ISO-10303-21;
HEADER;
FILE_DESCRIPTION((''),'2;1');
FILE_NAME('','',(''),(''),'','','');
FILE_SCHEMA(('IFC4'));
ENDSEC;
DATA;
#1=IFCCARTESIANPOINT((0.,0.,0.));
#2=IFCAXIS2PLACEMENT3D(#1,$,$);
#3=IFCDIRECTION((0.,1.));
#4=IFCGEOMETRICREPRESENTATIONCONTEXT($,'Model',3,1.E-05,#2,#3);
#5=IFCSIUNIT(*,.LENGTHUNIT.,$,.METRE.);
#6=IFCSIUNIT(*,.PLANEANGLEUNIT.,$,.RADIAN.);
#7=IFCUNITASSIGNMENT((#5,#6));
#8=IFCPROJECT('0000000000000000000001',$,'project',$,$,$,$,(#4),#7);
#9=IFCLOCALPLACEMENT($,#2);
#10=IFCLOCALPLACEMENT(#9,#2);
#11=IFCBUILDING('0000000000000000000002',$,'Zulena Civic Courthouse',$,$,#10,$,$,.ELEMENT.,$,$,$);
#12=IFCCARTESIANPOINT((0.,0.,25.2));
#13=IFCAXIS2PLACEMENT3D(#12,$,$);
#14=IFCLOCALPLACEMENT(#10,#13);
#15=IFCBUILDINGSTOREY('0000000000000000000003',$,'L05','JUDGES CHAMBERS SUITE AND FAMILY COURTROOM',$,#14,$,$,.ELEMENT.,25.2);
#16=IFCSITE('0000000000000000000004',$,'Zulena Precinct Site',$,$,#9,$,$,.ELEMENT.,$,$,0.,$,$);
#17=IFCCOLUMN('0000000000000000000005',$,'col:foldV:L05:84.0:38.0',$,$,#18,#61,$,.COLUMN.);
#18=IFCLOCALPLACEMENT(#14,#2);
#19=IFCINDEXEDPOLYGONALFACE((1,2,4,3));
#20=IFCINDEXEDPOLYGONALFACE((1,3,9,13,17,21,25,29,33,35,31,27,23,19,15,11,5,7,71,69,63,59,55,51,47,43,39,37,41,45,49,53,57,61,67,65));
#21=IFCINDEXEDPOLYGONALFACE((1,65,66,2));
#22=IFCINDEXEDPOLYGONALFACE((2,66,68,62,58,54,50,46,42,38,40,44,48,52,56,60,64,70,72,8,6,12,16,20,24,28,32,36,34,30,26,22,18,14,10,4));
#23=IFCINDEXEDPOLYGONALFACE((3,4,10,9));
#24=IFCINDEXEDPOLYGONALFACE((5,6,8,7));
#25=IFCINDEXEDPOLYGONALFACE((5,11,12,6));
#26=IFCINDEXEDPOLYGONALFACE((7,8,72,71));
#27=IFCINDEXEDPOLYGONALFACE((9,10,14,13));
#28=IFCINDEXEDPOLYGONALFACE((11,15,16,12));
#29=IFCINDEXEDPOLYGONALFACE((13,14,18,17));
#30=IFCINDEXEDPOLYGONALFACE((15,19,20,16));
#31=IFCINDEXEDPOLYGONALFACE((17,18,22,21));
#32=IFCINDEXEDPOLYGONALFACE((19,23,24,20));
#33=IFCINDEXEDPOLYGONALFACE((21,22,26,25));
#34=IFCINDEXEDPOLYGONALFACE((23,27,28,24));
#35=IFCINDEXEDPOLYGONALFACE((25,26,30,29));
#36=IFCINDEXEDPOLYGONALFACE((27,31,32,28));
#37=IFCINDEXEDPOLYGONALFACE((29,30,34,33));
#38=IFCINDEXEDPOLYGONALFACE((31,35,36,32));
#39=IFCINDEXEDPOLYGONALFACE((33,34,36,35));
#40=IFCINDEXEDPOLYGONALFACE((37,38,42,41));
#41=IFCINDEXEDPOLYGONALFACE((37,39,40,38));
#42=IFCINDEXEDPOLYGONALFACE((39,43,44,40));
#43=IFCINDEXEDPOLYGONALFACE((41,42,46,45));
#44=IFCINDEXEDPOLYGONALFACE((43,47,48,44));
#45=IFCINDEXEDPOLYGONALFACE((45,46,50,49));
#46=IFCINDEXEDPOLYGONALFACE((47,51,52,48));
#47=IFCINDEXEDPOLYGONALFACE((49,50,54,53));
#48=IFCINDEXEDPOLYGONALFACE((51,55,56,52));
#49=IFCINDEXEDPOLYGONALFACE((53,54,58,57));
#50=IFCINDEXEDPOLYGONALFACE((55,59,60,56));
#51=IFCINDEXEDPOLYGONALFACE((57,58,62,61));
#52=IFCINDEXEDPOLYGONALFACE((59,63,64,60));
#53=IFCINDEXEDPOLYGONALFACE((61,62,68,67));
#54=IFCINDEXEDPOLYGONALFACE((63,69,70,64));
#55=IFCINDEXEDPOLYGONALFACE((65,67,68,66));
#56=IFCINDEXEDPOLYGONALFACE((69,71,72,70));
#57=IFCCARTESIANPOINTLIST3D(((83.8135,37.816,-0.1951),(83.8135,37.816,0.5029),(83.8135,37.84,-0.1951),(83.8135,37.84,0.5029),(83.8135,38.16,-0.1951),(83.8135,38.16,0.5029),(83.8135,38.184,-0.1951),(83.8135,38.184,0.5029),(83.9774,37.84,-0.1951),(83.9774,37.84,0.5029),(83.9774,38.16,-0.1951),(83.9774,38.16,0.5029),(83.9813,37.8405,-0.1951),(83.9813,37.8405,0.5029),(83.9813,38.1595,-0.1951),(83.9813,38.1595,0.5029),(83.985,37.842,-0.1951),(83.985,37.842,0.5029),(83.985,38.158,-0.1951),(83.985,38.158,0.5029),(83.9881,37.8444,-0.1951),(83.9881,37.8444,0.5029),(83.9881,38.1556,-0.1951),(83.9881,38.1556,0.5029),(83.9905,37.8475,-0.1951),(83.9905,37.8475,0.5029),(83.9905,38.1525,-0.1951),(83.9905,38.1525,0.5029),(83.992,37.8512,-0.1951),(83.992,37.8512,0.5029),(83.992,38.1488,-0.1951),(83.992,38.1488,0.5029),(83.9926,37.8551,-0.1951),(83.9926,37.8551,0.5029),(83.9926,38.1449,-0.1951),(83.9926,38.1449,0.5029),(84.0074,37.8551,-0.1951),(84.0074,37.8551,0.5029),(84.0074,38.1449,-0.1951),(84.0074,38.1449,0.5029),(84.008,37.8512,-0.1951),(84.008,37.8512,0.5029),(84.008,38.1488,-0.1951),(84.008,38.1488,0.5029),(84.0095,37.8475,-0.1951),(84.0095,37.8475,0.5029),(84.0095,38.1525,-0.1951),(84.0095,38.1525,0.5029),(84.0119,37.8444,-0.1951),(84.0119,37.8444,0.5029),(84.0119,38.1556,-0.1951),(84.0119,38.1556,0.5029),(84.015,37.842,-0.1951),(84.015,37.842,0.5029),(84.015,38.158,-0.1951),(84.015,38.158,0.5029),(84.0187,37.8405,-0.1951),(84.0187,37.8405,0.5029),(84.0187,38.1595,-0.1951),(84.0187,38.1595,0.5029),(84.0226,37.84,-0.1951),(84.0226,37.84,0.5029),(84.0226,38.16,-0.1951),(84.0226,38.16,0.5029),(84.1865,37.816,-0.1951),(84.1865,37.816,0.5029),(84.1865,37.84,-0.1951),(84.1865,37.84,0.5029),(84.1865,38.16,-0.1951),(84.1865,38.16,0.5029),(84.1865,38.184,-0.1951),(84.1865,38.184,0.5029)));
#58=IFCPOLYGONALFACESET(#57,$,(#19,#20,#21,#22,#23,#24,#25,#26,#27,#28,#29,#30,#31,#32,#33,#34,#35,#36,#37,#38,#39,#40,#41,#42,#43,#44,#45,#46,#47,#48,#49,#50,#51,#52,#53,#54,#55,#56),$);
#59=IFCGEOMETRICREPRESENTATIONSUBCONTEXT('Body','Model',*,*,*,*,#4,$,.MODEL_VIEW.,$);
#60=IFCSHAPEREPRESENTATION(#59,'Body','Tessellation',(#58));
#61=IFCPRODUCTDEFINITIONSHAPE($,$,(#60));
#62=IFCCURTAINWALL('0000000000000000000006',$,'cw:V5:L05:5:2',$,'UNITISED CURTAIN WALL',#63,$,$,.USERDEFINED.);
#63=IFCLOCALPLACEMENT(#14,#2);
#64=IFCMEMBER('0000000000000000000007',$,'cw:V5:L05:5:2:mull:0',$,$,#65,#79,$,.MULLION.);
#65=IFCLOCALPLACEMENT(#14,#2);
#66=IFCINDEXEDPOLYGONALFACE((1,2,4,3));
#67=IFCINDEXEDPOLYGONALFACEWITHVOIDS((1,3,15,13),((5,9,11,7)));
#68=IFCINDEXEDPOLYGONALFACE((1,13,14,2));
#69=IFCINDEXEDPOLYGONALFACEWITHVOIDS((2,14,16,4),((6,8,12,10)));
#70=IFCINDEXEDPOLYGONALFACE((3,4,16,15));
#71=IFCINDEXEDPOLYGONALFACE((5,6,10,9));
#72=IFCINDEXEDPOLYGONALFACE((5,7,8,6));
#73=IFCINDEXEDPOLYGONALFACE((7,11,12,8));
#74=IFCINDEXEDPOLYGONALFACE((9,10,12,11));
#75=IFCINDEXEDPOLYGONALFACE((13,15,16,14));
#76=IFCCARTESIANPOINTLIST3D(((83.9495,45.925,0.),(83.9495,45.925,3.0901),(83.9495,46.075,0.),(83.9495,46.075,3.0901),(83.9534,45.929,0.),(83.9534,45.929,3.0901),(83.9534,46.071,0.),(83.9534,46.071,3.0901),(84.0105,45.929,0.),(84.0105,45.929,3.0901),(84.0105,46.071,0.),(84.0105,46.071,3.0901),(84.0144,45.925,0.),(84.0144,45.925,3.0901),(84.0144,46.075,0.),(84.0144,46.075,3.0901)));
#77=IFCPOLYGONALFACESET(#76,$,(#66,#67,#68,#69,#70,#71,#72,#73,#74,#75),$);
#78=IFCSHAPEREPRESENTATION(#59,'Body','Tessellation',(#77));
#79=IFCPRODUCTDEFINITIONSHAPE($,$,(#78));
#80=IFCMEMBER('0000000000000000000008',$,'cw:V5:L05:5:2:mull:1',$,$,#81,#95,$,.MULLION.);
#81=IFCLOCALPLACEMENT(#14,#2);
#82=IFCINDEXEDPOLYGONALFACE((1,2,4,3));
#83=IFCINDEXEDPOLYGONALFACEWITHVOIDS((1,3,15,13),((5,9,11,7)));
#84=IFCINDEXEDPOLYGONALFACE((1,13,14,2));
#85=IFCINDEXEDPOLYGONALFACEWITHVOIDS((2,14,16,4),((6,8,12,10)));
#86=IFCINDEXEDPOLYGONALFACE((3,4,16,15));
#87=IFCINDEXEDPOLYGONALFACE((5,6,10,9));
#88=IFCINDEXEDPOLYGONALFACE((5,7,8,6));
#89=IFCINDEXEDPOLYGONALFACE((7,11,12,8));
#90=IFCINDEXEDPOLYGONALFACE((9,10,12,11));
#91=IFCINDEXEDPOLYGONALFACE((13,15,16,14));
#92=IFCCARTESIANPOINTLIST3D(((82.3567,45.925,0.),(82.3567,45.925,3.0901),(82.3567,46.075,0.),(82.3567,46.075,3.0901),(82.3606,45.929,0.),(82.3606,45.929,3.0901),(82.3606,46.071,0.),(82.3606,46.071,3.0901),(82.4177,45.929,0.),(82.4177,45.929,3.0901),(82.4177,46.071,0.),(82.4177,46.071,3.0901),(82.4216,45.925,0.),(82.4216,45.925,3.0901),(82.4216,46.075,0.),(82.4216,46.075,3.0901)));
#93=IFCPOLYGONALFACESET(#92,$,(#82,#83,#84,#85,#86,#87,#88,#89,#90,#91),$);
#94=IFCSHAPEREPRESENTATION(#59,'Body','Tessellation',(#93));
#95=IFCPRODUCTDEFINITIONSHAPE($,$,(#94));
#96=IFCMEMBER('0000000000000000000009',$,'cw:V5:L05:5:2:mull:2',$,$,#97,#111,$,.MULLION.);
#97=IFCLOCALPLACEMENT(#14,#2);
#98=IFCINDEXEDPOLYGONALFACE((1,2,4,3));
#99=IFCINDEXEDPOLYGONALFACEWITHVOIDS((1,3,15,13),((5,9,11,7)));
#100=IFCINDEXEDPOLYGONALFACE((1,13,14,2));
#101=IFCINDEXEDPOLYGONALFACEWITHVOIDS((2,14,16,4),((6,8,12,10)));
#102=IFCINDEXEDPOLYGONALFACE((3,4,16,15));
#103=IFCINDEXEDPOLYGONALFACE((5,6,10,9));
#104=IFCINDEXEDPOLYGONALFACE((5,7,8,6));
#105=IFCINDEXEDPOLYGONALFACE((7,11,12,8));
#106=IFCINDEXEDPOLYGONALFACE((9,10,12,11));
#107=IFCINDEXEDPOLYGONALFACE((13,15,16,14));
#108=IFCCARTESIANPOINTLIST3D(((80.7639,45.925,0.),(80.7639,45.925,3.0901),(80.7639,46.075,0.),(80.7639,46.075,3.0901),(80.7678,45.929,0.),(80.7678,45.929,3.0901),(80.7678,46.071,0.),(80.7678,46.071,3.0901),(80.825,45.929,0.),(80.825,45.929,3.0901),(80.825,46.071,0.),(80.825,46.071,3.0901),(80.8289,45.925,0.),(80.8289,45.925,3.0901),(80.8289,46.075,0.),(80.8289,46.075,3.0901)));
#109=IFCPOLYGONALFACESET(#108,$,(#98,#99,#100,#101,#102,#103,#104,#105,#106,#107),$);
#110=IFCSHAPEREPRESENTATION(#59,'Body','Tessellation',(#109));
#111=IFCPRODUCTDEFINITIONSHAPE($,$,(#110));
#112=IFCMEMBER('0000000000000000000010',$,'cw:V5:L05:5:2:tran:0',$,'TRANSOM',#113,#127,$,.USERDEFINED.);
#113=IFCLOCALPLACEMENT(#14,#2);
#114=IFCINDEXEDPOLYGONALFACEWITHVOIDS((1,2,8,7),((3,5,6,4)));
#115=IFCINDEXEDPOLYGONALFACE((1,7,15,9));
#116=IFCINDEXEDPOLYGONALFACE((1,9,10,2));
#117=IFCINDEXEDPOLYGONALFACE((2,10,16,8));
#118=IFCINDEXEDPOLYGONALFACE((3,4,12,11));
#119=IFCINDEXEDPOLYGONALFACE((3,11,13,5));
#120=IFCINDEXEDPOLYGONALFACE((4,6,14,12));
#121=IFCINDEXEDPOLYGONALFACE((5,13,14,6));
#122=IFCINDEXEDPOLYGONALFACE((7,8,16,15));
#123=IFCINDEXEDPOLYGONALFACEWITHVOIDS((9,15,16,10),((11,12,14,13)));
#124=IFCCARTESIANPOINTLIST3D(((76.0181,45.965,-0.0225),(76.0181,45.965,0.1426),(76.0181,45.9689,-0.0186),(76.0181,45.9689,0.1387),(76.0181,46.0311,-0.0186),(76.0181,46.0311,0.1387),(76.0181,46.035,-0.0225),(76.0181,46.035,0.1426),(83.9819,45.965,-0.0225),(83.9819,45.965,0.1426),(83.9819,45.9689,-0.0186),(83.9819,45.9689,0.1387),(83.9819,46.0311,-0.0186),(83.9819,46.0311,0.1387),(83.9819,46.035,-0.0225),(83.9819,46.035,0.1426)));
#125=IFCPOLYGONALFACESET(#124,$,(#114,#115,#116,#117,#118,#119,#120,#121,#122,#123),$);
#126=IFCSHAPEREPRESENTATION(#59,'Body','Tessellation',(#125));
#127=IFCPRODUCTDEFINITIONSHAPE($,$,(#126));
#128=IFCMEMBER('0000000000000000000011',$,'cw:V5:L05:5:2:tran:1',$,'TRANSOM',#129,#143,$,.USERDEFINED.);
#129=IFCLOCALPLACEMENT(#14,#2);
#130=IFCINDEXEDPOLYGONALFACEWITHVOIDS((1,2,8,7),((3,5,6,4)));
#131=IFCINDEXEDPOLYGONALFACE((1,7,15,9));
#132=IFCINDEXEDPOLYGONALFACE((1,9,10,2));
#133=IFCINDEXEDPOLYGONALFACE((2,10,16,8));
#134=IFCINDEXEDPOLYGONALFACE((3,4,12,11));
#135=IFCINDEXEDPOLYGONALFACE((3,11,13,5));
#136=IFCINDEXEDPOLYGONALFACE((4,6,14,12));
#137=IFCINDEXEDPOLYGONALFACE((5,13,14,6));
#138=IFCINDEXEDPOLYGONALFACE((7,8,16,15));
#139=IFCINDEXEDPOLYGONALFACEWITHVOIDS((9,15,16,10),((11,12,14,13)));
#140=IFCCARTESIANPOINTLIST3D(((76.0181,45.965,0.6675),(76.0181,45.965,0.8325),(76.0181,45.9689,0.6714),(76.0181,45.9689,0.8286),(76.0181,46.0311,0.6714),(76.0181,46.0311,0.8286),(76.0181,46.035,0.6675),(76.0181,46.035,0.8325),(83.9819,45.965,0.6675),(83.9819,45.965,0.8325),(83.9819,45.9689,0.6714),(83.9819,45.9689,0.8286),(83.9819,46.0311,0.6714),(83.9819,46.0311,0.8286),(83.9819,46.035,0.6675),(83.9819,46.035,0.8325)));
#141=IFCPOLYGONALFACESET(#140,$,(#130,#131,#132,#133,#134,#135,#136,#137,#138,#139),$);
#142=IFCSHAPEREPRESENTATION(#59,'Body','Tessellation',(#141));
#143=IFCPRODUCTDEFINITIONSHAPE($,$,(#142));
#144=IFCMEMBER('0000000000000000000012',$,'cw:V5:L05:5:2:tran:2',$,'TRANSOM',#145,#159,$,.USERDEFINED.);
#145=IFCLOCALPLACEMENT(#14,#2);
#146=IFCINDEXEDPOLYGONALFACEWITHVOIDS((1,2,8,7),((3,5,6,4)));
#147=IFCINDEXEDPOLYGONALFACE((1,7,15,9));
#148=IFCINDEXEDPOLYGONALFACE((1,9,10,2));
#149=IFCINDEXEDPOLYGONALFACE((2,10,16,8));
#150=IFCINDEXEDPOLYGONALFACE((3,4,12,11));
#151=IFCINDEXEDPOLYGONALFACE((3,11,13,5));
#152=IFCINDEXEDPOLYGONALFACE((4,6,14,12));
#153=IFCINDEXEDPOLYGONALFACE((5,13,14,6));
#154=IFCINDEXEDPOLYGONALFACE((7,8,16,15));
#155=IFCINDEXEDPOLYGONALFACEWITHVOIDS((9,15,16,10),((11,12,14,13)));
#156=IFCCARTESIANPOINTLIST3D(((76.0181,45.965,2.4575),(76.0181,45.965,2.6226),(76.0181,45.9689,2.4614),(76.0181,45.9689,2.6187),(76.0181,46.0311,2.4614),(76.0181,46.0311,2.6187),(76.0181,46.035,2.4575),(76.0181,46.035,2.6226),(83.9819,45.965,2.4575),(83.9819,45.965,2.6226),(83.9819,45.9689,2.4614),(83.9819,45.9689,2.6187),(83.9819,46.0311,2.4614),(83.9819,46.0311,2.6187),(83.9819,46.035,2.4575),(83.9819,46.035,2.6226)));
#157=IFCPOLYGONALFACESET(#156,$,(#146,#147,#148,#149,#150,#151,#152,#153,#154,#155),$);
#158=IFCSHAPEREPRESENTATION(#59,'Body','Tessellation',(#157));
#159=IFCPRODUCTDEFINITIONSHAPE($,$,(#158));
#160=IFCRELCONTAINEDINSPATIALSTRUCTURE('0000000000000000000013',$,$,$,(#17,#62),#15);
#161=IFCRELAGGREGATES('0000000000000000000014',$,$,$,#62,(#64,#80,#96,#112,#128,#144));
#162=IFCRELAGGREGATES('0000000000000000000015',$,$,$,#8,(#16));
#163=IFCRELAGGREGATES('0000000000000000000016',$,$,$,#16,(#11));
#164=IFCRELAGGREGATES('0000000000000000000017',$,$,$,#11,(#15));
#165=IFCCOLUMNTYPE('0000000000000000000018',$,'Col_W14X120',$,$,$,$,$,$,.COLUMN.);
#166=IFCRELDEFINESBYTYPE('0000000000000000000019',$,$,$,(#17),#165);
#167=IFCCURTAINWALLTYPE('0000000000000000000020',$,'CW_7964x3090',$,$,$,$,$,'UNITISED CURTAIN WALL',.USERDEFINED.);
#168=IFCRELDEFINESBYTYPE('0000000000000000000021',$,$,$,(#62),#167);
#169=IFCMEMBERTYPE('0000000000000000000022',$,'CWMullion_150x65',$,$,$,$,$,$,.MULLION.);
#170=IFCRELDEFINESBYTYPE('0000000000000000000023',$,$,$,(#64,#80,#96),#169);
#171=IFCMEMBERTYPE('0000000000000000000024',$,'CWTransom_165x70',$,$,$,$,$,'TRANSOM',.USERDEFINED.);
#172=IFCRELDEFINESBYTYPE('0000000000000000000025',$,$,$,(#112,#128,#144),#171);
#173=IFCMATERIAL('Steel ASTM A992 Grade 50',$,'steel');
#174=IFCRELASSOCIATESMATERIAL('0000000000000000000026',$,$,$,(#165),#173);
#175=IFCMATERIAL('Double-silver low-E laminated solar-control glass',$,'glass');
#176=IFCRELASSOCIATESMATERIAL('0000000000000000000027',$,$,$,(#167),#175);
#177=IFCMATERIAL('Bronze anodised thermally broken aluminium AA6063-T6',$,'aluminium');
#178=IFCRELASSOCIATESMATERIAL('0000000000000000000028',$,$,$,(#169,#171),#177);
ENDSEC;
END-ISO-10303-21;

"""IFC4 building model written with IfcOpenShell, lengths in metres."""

from ifc_helpers import new_model, si_unit, direction, frame, origin, origin_2d, place, context, subcontext, project, spatial, hollow_rectangle, i_section, extrude, material, material_profile, profile_set, type_object, element, aggregate, save


model = new_model("IFC4")

# Units and contexts
model_context = context("Model", 3, precision=1e-05, world=origin(), true_north=direction((0.0, 1.0)))
body_context = subcontext(model_context, "Body", "Model", "MODEL_VIEW")
ifc_project = project(units=[si_unit("LENGTHUNIT", "METRE"), si_unit("PLANEANGLEUNIT", "RADIAN")], contexts=[model_context])

# Site, building, storey
site_placement = place(None, origin())
site = spatial("IfcSite", under=ifc_project, at=site_placement, Name="Zulena Precinct Site", CompositionType="ELEMENT", RefElevation=0.0)
building_placement = place(site_placement, origin())
building = spatial("IfcBuilding", under=site, at=building_placement, Name="Zulena Civic Courthouse", CompositionType="ELEMENT")
storey_placement = place(building_placement, frame((0.0, 0.0, 25.2)))
storey = spatial("IfcBuildingStorey", under=building, at=storey_placement, Name="L05", Description="JUDGES CHAMBERS SUITE AND FAMILY COURTROOM", CompositionType="ELEMENT", Elevation=25.2)

# Column
ifc_material_1 = material(Name="Steel ASTM A992 Grade 50", Category="steel")
ifc_material_profile_1 = material_profile(ifc_material_1, i_section(OverallWidth=0.373, OverallDepth=0.3679, WebThickness=0.0149, FlangeThickness=0.0239, FilletRadius=0.0151, at=origin_2d()), Name="W14X120")
ifc_profile_set_1 = profile_set([ifc_material_profile_1], Name="Steel ASTM A992 Grade 50")
column_type = type_object("IfcColumnType", Name="Col_W14X120", PredefinedType="COLUMN", material=ifc_profile_set_1)
column_placement = place(storey_placement, frame((84.0, 38.0, -0.1951), z_axis=(0.0, 0.0, 1.0), x_axis=(1.0, 0.0, 0.0)))
element("IfcColumn", 1, at=column_placement, inside=storey, type_object=column_type, Name="col:foldV:L05:84.0:38.0", PredefinedType="COLUMN", context=body_context, shape_type="SweptSolid", body=[
    extrude(i_section(OverallWidth=0.373, OverallDepth=0.3679, WebThickness=0.0149, FlangeThickness=0.0239, FilletRadius=0.0151, at=origin_2d()), origin(), (0.0, 0.0, 1.0), 0.698),
])

# Curtain wall, members
ifc_material_2 = material(Name="Double-silver low-E laminated solar-control glass", Category="glass")
curtain_wall_type = type_object("IfcCurtainWallType", Name="CW_7964x3090", ElementType="UNITISED CURTAIN WALL", PredefinedType="USERDEFINED", material=ifc_material_2)
curtain_wall_placement = place(storey_placement, origin())
curtain_wall = element("IfcCurtainWall", 2, at=curtain_wall_placement, inside=storey, type_object=curtain_wall_type, Name="cw:V5:L05:5:2", ObjectType="UNITISED CURTAIN WALL", PredefinedType="USERDEFINED")
ifc_material_3 = material(Name="Bronze anodised thermally broken aluminium AA6063-T6", Category="aluminium")
ifc_material_profile_2 = material_profile(ifc_material_3, hollow_rectangle(XDim=0.0649, YDim=0.1499, WallThickness=0.0039, at=origin_2d()), Name="CWM150X65X4")
ifc_profile_set_2 = profile_set([ifc_material_profile_2], Name="Bronze anodised thermally broken aluminium AA6063-T6")
member_type_1 = type_object("IfcMemberType", Name="CWMullion_150x65", PredefinedType="MULLION", material=ifc_profile_set_2)
member_1_placement = place(storey_placement, frame((83.9819, 46.0, 0.0), z_axis=(0.0, 0.0, 1.0), x_axis=(1.0, 0.0, 0.0)))
member_1 = element("IfcMember", 3, at=member_1_placement, type_object=member_type_1, Name="cw:V5:L05:5:2:mull:0", PredefinedType="MULLION", context=body_context, shape_type="SweptSolid", body=[
    extrude(hollow_rectangle(XDim=0.0649, YDim=0.1499, WallThickness=0.0039, at=origin_2d()), origin(), (0.0, 0.0, 1.0), 3.0901),
])
member_2_placement = place(storey_placement, frame((82.3892, 46.0, 0.0), z_axis=(0.0, 0.0, 1.0), x_axis=(1.0, 0.0, 0.0)))
member_2 = element("IfcMember", 4, at=member_2_placement, type_object=member_type_1, Name="cw:V5:L05:5:2:mull:1", PredefinedType="MULLION", context=body_context, shape_type="SweptSolid", body=[
    extrude(hollow_rectangle(XDim=0.0649, YDim=0.1499, WallThickness=0.0039, at=origin_2d()), origin(), (0.0, 0.0, 1.0), 3.0901),
])
member_3_placement = place(storey_placement, frame((80.7964, 46.0, 0.0), z_axis=(0.0, 0.0, 1.0), x_axis=(1.0, 0.0, 0.0)))
member_3 = element("IfcMember", 5, at=member_3_placement, type_object=member_type_1, Name="cw:V5:L05:5:2:mull:2", PredefinedType="MULLION", context=body_context, shape_type="SweptSolid", body=[
    extrude(hollow_rectangle(XDim=0.0649, YDim=0.1499, WallThickness=0.0039, at=origin_2d()), origin(), (0.0, 0.0, 1.0), 3.0901),
])
ifc_material_profile_3 = material_profile(ifc_material_3, hollow_rectangle(XDim=0.0701, YDim=0.165, WallThickness=0.0039, at=origin_2d()), Name="CWT165X70X4")
ifc_profile_set_3 = profile_set([ifc_material_profile_3], Name="Bronze anodised thermally broken aluminium AA6063-T6")
member_type_2 = type_object("IfcMemberType", Name="CWTransom_165x70", ElementType="TRANSOM", PredefinedType="USERDEFINED", material=ifc_profile_set_3)
member_4_placement = place(storey_placement, frame((83.9819, 46.0, 0.0601), z_axis=(-1.0, 0.0, 0.0), x_axis=(0.0, -1.0, 0.0)))
member_4 = element("IfcMember", 6, at=member_4_placement, type_object=member_type_2, Name="cw:V5:L05:5:2:tran:0", ObjectType="TRANSOM", PredefinedType="USERDEFINED", context=body_context, shape_type="SweptSolid", body=[
    extrude(hollow_rectangle(XDim=0.0701, YDim=0.165, WallThickness=0.0039, at=origin_2d()), origin(), (0.0, 0.0, 1.0), 7.9639),
])
member_5_placement = place(storey_placement, frame((83.9819, 46.0, 0.75), z_axis=(-1.0, 0.0, 0.0), x_axis=(0.0, -1.0, 0.0)))
member_5 = element("IfcMember", 7, at=member_5_placement, type_object=member_type_2, Name="cw:V5:L05:5:2:tran:1", ObjectType="TRANSOM", PredefinedType="USERDEFINED", context=body_context, shape_type="SweptSolid", body=[
    extrude(hollow_rectangle(XDim=0.0701, YDim=0.165, WallThickness=0.0039, at=origin_2d()), origin(), (0.0, 0.0, 1.0), 7.9639),
])
member_6_placement = place(storey_placement, frame((83.9819, 46.0, 2.54), z_axis=(-1.0, 0.0, 0.0), x_axis=(0.0, -1.0, 0.0)))
member_6 = element("IfcMember", 8, at=member_6_placement, type_object=member_type_2, Name="cw:V5:L05:5:2:tran:2", ObjectType="TRANSOM", PredefinedType="USERDEFINED", context=body_context, shape_type="SweptSolid", body=[
    extrude(hollow_rectangle(XDim=0.0701, YDim=0.165, WallThickness=0.0039, at=origin_2d()), origin(), (0.0, 0.0, 1.0), 7.9639),
])

aggregate(curtain_wall, [member_1, member_2, member_3, member_4, member_5, member_6])

save(model, "model.ifc")
